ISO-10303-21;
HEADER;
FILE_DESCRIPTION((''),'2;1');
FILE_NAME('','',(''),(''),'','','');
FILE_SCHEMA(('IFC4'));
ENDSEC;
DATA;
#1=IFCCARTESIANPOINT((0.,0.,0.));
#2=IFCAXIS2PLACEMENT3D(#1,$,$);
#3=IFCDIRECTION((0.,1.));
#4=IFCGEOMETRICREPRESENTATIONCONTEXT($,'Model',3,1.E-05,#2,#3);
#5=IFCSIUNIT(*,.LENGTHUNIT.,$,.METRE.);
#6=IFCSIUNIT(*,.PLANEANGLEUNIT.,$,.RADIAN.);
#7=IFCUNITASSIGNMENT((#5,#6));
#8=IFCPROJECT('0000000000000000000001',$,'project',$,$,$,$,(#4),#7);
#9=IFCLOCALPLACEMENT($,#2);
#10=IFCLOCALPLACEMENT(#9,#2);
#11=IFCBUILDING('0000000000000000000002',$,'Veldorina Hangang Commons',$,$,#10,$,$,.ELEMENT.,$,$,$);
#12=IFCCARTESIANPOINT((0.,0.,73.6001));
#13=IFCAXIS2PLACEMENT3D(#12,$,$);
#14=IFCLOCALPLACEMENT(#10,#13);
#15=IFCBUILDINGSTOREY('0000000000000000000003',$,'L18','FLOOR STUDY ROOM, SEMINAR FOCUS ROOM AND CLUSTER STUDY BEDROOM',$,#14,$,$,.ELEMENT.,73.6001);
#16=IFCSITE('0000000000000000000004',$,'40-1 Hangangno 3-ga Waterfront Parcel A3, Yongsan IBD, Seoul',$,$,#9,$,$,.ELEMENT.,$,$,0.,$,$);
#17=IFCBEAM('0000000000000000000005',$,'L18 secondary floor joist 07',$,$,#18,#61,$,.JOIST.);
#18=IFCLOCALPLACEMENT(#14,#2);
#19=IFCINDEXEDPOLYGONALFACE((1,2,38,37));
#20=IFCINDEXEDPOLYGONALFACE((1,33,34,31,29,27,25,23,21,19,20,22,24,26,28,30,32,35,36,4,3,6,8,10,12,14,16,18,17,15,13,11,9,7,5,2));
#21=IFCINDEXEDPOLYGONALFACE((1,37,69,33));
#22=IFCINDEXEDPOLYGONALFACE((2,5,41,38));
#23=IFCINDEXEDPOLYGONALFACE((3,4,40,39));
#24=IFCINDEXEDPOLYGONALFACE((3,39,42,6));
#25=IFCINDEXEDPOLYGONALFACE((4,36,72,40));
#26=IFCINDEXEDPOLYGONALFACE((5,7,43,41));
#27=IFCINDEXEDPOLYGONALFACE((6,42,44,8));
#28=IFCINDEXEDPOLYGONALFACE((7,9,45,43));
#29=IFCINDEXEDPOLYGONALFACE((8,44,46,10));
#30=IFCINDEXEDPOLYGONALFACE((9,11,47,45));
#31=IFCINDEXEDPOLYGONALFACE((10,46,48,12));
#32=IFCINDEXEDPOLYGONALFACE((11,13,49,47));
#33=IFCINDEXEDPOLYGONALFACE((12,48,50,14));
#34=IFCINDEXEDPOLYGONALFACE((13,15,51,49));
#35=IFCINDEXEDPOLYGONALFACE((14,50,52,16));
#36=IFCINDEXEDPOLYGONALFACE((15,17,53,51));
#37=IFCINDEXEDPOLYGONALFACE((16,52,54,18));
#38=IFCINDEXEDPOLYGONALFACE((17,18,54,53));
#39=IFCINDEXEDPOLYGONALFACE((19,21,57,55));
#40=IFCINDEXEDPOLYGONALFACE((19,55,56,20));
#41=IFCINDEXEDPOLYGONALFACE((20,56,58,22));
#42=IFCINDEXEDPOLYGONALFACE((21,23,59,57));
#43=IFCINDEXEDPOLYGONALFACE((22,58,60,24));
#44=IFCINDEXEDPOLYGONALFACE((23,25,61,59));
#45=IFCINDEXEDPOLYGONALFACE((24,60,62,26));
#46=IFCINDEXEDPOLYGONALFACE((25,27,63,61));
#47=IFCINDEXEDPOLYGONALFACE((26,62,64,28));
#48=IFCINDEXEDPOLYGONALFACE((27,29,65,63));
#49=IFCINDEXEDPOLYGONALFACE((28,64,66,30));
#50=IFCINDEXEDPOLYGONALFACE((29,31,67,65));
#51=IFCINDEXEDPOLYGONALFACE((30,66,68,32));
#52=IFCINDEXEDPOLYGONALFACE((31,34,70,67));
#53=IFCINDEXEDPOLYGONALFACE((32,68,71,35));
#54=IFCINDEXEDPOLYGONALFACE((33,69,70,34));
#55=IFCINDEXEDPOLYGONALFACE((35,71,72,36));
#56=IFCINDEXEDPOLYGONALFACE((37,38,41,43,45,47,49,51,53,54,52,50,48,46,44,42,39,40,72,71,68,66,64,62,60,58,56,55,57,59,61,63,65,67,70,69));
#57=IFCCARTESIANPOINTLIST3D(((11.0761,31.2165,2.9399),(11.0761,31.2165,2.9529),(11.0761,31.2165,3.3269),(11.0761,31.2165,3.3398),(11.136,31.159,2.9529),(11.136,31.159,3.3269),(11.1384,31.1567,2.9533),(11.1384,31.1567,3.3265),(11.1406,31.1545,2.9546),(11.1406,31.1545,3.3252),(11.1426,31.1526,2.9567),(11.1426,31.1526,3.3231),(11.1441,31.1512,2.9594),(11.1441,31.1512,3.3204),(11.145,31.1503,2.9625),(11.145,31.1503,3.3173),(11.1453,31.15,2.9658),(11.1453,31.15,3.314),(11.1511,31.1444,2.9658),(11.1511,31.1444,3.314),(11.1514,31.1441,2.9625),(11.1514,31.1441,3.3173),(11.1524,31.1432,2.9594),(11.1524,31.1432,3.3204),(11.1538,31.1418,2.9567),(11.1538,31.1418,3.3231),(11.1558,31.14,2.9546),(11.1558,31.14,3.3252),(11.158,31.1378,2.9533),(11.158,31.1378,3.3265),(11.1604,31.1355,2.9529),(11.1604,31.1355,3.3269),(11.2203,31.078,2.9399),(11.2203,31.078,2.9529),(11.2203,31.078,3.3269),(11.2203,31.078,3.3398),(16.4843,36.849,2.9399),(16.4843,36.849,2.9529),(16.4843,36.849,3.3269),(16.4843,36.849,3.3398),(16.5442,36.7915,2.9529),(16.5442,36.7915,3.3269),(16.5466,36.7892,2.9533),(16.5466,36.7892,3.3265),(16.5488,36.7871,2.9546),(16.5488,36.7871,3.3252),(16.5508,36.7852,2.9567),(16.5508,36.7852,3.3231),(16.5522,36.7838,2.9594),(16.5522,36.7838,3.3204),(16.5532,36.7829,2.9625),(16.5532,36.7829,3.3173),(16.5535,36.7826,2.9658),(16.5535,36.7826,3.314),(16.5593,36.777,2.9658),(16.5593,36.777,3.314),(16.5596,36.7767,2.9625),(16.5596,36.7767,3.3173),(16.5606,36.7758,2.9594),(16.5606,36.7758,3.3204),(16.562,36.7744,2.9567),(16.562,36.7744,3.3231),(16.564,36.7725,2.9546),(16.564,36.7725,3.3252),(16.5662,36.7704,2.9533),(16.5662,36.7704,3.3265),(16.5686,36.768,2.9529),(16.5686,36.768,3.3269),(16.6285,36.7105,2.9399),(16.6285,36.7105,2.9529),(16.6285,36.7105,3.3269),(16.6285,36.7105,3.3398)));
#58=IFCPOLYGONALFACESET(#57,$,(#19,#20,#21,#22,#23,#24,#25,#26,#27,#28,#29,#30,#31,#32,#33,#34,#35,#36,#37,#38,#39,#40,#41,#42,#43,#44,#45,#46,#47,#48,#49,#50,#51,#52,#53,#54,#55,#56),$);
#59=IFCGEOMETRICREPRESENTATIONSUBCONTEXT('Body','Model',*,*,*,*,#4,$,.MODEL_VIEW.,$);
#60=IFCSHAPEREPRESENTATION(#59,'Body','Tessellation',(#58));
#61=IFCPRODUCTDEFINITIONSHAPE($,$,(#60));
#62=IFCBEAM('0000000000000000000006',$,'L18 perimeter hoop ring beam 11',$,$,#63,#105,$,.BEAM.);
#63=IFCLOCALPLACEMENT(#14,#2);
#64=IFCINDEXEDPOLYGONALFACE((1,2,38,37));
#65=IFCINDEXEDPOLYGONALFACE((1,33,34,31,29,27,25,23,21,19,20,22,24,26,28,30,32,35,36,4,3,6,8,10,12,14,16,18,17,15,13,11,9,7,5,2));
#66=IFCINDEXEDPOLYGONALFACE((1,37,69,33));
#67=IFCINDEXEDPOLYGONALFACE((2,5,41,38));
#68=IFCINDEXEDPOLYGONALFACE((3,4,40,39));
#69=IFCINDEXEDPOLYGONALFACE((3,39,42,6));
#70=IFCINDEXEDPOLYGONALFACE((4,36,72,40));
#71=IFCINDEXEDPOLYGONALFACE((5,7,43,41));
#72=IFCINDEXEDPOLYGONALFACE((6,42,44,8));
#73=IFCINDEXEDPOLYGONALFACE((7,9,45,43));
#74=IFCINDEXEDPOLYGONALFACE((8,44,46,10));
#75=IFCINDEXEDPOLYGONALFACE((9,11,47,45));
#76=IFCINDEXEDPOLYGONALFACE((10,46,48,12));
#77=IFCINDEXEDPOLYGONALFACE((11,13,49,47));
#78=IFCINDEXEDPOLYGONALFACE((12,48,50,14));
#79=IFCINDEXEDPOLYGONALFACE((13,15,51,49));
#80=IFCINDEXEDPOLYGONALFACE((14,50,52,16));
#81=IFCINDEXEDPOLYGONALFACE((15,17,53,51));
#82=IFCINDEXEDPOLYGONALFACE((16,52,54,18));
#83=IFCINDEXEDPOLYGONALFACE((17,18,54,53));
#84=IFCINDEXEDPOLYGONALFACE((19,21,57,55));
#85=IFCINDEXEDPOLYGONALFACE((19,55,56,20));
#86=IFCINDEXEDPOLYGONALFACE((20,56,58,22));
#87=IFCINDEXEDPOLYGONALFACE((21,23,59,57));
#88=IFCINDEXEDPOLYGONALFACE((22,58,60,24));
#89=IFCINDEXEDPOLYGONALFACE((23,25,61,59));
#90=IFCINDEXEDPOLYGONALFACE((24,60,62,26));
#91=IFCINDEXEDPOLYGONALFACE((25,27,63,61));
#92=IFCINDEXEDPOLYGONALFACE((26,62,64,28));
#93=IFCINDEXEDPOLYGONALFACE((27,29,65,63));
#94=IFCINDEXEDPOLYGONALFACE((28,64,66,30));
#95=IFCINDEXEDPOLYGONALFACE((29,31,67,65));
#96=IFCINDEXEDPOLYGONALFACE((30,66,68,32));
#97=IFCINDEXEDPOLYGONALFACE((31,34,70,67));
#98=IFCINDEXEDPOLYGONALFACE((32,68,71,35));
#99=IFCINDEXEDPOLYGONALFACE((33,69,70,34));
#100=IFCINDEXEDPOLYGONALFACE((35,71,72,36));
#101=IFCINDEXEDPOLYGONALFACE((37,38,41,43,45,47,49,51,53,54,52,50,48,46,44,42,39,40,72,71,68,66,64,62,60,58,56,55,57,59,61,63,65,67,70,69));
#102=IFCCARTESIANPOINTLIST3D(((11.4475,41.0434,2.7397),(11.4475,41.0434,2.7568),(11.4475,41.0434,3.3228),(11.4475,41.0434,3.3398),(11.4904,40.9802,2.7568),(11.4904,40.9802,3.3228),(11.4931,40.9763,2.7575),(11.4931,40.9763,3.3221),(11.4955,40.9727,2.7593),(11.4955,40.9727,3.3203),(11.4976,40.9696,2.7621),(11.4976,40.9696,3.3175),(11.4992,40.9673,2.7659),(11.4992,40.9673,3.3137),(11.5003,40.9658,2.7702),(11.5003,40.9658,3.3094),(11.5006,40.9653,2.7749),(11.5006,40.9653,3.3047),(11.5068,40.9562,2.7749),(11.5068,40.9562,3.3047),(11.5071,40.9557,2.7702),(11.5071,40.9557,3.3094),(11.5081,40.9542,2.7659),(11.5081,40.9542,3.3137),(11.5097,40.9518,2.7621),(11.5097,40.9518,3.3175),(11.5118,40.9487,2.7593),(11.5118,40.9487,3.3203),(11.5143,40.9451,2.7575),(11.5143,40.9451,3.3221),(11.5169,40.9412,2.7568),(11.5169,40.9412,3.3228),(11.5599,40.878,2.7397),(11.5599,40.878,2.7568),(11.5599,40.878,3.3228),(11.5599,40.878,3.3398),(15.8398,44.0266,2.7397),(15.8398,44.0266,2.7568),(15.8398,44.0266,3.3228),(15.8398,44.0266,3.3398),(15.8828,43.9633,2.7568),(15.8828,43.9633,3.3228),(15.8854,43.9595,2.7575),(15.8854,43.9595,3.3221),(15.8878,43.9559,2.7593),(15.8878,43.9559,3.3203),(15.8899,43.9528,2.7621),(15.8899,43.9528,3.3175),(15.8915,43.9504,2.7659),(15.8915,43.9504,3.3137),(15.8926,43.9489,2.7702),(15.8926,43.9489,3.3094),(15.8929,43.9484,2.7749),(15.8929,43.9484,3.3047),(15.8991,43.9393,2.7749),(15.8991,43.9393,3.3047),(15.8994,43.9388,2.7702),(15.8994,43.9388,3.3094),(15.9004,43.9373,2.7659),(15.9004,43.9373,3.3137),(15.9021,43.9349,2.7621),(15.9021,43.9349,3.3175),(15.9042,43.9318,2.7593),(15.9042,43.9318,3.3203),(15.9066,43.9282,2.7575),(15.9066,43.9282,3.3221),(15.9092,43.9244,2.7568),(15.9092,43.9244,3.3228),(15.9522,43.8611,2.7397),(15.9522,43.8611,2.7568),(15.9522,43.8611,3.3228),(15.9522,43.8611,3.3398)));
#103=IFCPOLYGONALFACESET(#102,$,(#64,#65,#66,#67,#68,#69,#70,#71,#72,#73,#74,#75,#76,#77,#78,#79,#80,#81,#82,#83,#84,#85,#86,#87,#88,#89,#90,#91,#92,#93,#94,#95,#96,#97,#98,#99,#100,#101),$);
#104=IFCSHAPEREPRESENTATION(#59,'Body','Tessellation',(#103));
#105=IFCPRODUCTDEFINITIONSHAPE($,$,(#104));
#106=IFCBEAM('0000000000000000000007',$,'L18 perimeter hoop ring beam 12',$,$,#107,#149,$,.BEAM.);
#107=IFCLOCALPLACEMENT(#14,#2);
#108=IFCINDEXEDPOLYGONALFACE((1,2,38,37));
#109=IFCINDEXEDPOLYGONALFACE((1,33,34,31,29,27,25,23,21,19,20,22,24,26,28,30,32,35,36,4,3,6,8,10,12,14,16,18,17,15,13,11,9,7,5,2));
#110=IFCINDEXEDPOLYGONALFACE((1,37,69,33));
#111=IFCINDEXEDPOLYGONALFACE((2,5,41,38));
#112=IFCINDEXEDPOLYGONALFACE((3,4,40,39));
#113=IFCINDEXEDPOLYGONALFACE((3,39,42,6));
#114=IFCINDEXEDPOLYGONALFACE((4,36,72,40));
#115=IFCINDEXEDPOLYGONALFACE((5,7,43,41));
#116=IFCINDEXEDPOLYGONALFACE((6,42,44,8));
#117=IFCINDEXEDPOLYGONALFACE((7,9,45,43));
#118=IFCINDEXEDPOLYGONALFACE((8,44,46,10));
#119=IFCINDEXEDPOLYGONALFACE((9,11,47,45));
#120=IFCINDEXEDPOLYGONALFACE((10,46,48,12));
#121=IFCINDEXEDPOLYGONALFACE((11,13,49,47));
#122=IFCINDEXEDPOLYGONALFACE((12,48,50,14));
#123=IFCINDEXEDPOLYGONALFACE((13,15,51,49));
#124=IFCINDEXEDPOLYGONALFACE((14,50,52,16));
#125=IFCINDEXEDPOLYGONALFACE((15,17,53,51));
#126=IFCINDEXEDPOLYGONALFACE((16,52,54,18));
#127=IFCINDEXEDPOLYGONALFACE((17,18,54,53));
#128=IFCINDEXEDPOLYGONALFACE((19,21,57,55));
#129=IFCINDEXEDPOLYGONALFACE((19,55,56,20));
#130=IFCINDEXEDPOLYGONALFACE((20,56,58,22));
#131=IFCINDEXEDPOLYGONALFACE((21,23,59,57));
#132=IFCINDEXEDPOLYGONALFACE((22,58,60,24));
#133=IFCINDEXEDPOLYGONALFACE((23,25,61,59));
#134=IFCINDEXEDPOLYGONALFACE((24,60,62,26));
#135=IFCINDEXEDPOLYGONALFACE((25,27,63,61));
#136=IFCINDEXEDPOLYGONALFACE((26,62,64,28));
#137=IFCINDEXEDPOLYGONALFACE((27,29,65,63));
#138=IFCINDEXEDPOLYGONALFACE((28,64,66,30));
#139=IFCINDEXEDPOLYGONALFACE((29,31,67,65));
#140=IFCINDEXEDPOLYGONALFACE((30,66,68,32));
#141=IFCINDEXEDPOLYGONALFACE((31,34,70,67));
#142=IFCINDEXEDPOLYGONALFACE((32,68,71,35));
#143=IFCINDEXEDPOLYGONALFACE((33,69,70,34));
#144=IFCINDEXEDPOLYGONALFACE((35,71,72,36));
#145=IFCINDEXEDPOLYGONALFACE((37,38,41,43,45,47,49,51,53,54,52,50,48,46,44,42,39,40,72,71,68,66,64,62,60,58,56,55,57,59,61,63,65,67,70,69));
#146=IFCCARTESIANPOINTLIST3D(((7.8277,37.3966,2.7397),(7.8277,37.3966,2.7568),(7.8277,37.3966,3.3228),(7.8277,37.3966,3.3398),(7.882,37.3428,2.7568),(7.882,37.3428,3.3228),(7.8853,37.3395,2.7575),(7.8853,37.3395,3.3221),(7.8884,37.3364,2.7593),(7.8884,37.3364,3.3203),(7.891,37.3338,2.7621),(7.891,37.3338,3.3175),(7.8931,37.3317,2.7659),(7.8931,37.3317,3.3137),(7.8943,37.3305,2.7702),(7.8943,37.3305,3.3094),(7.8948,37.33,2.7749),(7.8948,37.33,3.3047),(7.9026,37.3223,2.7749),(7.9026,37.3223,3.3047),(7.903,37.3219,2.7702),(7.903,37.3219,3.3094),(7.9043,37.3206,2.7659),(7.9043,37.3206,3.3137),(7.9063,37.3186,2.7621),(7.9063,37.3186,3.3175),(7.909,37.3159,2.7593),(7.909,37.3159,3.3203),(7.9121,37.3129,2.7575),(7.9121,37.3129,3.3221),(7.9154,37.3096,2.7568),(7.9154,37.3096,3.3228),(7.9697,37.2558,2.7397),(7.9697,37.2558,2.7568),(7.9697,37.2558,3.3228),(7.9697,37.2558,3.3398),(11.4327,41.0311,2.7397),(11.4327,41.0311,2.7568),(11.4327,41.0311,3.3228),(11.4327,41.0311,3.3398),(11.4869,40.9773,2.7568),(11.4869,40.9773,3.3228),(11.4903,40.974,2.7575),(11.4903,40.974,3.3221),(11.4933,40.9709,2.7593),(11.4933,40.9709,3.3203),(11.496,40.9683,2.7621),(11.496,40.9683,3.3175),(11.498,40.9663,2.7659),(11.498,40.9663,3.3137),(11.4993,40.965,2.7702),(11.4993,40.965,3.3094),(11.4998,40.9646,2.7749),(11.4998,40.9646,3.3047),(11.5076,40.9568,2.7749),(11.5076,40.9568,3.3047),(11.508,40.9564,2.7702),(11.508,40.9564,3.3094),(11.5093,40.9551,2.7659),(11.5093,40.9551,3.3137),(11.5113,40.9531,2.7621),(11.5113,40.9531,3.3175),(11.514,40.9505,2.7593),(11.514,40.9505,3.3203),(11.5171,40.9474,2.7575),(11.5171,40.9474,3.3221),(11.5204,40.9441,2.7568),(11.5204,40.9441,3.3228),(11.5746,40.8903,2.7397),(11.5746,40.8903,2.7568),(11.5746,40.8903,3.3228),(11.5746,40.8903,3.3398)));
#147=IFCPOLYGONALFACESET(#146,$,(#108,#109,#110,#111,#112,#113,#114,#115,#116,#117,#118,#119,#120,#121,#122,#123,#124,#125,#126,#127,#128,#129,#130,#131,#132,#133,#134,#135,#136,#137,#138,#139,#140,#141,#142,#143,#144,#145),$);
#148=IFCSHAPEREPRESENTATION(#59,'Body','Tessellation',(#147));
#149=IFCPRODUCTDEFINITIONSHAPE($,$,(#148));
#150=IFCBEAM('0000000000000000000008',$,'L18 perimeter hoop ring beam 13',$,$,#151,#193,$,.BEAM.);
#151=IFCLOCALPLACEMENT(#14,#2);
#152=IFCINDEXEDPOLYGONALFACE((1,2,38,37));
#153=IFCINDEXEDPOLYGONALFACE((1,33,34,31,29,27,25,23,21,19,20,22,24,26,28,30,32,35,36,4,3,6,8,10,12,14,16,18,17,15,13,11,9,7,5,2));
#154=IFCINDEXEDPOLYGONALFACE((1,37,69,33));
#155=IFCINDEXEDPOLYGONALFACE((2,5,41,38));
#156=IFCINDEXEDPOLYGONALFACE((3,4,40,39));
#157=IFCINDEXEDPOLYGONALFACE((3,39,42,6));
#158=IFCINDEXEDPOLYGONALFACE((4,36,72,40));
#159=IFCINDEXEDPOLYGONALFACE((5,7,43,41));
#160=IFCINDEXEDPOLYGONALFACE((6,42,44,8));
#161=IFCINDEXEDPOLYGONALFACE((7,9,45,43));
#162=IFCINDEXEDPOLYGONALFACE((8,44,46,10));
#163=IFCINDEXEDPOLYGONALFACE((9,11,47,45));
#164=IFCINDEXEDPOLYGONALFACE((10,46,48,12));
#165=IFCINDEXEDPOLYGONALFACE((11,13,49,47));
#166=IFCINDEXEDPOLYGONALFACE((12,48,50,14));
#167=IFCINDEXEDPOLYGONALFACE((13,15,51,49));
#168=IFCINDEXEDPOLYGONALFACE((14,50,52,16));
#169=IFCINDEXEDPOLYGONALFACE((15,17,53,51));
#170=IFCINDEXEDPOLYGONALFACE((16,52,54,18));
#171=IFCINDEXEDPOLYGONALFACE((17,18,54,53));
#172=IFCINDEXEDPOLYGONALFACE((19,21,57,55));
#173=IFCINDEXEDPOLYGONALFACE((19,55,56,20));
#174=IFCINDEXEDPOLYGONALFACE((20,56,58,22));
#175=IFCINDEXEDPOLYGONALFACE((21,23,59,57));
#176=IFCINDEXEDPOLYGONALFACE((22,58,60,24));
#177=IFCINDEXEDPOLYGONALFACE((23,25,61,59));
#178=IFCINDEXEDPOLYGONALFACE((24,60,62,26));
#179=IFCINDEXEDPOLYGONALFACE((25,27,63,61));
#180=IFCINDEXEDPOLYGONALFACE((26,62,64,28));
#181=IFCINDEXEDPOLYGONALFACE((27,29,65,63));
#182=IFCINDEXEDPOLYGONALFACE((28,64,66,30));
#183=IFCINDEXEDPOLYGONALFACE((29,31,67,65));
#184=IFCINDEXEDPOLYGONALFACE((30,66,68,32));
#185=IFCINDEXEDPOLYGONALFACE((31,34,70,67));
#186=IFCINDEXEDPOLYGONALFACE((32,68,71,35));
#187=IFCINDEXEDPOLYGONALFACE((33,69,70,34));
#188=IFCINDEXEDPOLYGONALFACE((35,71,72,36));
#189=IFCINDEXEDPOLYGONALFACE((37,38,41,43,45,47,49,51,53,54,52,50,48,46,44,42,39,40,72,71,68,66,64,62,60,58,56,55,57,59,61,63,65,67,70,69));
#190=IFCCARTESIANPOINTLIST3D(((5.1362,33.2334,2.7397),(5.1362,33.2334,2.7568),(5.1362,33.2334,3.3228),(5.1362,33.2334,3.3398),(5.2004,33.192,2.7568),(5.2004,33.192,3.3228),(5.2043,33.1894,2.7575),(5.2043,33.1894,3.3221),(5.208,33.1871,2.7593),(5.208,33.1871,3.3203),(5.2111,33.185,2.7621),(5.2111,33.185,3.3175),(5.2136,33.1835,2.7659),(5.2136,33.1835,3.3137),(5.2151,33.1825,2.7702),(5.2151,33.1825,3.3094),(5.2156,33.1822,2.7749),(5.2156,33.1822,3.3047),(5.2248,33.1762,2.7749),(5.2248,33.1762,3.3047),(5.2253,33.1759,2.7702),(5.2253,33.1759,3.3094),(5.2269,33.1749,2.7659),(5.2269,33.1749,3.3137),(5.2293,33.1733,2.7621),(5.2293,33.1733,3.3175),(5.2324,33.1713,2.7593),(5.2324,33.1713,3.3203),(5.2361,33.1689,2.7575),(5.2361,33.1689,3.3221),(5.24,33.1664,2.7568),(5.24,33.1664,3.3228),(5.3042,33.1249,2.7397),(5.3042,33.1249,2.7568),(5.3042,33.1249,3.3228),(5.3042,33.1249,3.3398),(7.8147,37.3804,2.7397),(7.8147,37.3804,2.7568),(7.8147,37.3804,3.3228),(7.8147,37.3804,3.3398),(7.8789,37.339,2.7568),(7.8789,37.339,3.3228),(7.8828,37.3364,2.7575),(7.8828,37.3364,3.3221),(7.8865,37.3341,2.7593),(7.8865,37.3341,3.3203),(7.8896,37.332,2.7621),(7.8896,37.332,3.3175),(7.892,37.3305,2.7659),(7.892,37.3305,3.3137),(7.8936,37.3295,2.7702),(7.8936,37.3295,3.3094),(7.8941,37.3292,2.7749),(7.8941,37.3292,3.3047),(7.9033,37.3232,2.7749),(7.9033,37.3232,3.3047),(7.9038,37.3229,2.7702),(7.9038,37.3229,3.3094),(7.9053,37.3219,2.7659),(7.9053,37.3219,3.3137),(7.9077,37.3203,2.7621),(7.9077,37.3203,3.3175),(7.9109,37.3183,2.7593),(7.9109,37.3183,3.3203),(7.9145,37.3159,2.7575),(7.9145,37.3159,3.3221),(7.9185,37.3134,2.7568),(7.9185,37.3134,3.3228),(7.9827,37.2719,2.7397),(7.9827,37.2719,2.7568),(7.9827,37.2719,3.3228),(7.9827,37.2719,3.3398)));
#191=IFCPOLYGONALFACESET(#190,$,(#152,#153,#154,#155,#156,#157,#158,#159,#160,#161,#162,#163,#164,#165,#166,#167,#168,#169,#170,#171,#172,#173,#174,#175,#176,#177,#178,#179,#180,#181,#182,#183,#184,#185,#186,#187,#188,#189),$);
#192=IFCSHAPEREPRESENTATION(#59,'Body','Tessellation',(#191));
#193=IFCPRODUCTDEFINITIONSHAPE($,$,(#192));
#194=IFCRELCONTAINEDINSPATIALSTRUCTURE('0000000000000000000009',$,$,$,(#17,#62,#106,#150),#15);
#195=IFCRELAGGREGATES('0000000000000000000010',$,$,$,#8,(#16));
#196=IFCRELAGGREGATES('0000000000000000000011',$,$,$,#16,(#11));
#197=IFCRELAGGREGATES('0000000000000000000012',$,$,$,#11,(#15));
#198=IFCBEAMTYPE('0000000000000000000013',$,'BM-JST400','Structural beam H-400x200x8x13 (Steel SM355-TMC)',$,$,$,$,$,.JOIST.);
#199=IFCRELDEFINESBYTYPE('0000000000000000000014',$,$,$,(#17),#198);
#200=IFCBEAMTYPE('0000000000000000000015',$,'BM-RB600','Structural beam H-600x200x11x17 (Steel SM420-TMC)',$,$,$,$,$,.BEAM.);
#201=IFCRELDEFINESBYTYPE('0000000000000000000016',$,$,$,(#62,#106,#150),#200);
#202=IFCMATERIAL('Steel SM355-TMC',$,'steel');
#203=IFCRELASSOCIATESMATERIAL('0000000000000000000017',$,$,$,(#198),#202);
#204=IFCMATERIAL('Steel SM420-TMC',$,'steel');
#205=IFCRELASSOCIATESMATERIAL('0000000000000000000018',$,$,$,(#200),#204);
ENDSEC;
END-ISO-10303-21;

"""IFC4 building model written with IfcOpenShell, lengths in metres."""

from ifc_helpers import new_model, si_unit, direction, frame, origin, origin_2d, place, context, subcontext, project, spatial, i_section, extrude, material, material_profile, profile_set, type_object, element, save


model = new_model("IFC4")

# Units and contexts
model_context = context("Model", 3, precision=1e-05, world=origin(), true_north=direction((0.0, 1.0)))
body_context = subcontext(model_context, "Body", "Model", "MODEL_VIEW")
ifc_project = project(units=[si_unit("LENGTHUNIT", "METRE"), si_unit("PLANEANGLEUNIT", "RADIAN")], contexts=[model_context])

# Site, building, storey
site_placement = place(None, origin())
site = spatial("IfcSite", under=ifc_project, at=site_placement, Name="40-1 Hangangno 3-ga Waterfront Parcel A3, Yongsan IBD, Seoul", CompositionType="ELEMENT", RefElevation=0.0)
building_placement = place(site_placement, origin())
building = spatial("IfcBuilding", under=site, at=building_placement, Name="Veldorina Hangang Commons", CompositionType="ELEMENT")
storey_placement = place(building_placement, frame((0.0, 0.0, 73.6001)))
storey = spatial("IfcBuildingStorey", under=building, at=storey_placement, Name="L18", Description="FLOOR STUDY ROOM, SEMINAR FOCUS ROOM AND CLUSTER STUDY BEDROOM", CompositionType="ELEMENT", Elevation=73.6001)

# Beams
ifc_material_1 = material(Name="Steel SM355-TMC", Category="steel")
ifc_material_profile_1 = material_profile(ifc_material_1, i_section(OverallWidth=0.2, OverallDepth=0.3999, WebThickness=0.0081, FlangeThickness=0.0129, FilletRadius=0.0129, at=origin_2d()), Name="H-400x200x8x13")
ifc_profile_set_1 = profile_set([ifc_material_profile_1], Name="Steel SM355-TMC")
beam_type_1 = type_object("IfcBeamType", Name="BM-JST400", Description="Structural beam H-400x200x8x13 (Steel SM355-TMC)", PredefinedType="JOIST", material=ifc_profile_set_1)
beam_1_placement = place(storey_placement, frame((16.5564, 36.7798, 3.1399), z_axis=(-0.692594, -0.721327, 0.0), x_axis=(0.721327, -0.692594, 0.0)))
element("IfcBeam", 1, at=beam_1_placement, inside=storey, type_object=beam_type_1, Name="L18 secondary floor joist 07", PredefinedType="JOIST", context=body_context, shape_type="SweptSolid", body=[
    extrude(i_section(OverallWidth=0.2, OverallDepth=0.3999, WebThickness=0.0081, FlangeThickness=0.0129, FilletRadius=0.0129, at=origin_2d()), origin(), (0.0, 0.0, 1.0), 7.8086),
])
ifc_material_2 = material(Name="Steel SM420-TMC", Category="steel")
ifc_material_profile_2 = material_profile(ifc_material_2, i_section(OverallWidth=0.2, OverallDepth=0.6001, WebThickness=0.011, FlangeThickness=0.0171, FilletRadius=0.0181, at=origin_2d()), Name="H-600x200x11x17")
ifc_profile_set_2 = profile_set([ifc_material_profile_2], Name="Steel SM420-TMC")
beam_type_2 = type_object("IfcBeamType", Name="BM-RB600", Description="Structural beam H-600x200x11x17 (Steel SM420-TMC)", PredefinedType="BEAM", material=ifc_profile_set_2)
beam_2_placement = place(storey_placement, frame((15.896, 43.9438, 3.0398), z_axis=(-0.827245, -0.561842, 0.0), x_axis=(0.561842, -0.827245, 0.0)))
element("IfcBeam", 2, at=beam_2_placement, inside=storey, type_object=beam_type_2, Name="L18 perimeter hoop ring beam 11", PredefinedType="BEAM", context=body_context, shape_type="SweptSolid", body=[
    extrude(i_section(OverallWidth=0.2, OverallDepth=0.6001, WebThickness=0.011, FlangeThickness=0.0171, FilletRadius=0.0181, at=origin_2d()), origin(), (0.0, 0.0, 1.0), 5.3096),
])
beam_3_placement = place(storey_placement, frame((11.5037, 40.9607, 3.0398), z_axis=(-0.704216, -0.709986, 0.0), x_axis=(0.709986, -0.704216, 0.0)))
element("IfcBeam", 3, at=beam_3_placement, inside=storey, type_object=beam_type_2, Name="L18 perimeter hoop ring beam 12", PredefinedType="BEAM", context=body_context, shape_type="SweptSolid", body=[
    extrude(i_section(OverallWidth=0.2, OverallDepth=0.6001, WebThickness=0.011, FlangeThickness=0.0171, FilletRadius=0.0181, at=origin_2d()), origin(), (0.0, 0.0, 1.0), 5.1191),
])
beam_4_placement = place(storey_placement, frame((7.8987, 37.3262, 3.0398), z_axis=(-0.542556, -0.84002, 0.0), x_axis=(0.84002, -0.542556, 0.0)))
element("IfcBeam", 4, at=beam_4_placement, inside=storey, type_object=beam_type_2, Name="L18 perimeter hoop ring beam 13", PredefinedType="BEAM", context=body_context, shape_type="SweptSolid", body=[
    extrude(i_section(OverallWidth=0.2, OverallDepth=0.6001, WebThickness=0.011, FlangeThickness=0.0171, FilletRadius=0.0181, at=origin_2d()), origin(), (0.0, 0.0, 1.0), 4.9368),
])

save(model, "model.ifc")
